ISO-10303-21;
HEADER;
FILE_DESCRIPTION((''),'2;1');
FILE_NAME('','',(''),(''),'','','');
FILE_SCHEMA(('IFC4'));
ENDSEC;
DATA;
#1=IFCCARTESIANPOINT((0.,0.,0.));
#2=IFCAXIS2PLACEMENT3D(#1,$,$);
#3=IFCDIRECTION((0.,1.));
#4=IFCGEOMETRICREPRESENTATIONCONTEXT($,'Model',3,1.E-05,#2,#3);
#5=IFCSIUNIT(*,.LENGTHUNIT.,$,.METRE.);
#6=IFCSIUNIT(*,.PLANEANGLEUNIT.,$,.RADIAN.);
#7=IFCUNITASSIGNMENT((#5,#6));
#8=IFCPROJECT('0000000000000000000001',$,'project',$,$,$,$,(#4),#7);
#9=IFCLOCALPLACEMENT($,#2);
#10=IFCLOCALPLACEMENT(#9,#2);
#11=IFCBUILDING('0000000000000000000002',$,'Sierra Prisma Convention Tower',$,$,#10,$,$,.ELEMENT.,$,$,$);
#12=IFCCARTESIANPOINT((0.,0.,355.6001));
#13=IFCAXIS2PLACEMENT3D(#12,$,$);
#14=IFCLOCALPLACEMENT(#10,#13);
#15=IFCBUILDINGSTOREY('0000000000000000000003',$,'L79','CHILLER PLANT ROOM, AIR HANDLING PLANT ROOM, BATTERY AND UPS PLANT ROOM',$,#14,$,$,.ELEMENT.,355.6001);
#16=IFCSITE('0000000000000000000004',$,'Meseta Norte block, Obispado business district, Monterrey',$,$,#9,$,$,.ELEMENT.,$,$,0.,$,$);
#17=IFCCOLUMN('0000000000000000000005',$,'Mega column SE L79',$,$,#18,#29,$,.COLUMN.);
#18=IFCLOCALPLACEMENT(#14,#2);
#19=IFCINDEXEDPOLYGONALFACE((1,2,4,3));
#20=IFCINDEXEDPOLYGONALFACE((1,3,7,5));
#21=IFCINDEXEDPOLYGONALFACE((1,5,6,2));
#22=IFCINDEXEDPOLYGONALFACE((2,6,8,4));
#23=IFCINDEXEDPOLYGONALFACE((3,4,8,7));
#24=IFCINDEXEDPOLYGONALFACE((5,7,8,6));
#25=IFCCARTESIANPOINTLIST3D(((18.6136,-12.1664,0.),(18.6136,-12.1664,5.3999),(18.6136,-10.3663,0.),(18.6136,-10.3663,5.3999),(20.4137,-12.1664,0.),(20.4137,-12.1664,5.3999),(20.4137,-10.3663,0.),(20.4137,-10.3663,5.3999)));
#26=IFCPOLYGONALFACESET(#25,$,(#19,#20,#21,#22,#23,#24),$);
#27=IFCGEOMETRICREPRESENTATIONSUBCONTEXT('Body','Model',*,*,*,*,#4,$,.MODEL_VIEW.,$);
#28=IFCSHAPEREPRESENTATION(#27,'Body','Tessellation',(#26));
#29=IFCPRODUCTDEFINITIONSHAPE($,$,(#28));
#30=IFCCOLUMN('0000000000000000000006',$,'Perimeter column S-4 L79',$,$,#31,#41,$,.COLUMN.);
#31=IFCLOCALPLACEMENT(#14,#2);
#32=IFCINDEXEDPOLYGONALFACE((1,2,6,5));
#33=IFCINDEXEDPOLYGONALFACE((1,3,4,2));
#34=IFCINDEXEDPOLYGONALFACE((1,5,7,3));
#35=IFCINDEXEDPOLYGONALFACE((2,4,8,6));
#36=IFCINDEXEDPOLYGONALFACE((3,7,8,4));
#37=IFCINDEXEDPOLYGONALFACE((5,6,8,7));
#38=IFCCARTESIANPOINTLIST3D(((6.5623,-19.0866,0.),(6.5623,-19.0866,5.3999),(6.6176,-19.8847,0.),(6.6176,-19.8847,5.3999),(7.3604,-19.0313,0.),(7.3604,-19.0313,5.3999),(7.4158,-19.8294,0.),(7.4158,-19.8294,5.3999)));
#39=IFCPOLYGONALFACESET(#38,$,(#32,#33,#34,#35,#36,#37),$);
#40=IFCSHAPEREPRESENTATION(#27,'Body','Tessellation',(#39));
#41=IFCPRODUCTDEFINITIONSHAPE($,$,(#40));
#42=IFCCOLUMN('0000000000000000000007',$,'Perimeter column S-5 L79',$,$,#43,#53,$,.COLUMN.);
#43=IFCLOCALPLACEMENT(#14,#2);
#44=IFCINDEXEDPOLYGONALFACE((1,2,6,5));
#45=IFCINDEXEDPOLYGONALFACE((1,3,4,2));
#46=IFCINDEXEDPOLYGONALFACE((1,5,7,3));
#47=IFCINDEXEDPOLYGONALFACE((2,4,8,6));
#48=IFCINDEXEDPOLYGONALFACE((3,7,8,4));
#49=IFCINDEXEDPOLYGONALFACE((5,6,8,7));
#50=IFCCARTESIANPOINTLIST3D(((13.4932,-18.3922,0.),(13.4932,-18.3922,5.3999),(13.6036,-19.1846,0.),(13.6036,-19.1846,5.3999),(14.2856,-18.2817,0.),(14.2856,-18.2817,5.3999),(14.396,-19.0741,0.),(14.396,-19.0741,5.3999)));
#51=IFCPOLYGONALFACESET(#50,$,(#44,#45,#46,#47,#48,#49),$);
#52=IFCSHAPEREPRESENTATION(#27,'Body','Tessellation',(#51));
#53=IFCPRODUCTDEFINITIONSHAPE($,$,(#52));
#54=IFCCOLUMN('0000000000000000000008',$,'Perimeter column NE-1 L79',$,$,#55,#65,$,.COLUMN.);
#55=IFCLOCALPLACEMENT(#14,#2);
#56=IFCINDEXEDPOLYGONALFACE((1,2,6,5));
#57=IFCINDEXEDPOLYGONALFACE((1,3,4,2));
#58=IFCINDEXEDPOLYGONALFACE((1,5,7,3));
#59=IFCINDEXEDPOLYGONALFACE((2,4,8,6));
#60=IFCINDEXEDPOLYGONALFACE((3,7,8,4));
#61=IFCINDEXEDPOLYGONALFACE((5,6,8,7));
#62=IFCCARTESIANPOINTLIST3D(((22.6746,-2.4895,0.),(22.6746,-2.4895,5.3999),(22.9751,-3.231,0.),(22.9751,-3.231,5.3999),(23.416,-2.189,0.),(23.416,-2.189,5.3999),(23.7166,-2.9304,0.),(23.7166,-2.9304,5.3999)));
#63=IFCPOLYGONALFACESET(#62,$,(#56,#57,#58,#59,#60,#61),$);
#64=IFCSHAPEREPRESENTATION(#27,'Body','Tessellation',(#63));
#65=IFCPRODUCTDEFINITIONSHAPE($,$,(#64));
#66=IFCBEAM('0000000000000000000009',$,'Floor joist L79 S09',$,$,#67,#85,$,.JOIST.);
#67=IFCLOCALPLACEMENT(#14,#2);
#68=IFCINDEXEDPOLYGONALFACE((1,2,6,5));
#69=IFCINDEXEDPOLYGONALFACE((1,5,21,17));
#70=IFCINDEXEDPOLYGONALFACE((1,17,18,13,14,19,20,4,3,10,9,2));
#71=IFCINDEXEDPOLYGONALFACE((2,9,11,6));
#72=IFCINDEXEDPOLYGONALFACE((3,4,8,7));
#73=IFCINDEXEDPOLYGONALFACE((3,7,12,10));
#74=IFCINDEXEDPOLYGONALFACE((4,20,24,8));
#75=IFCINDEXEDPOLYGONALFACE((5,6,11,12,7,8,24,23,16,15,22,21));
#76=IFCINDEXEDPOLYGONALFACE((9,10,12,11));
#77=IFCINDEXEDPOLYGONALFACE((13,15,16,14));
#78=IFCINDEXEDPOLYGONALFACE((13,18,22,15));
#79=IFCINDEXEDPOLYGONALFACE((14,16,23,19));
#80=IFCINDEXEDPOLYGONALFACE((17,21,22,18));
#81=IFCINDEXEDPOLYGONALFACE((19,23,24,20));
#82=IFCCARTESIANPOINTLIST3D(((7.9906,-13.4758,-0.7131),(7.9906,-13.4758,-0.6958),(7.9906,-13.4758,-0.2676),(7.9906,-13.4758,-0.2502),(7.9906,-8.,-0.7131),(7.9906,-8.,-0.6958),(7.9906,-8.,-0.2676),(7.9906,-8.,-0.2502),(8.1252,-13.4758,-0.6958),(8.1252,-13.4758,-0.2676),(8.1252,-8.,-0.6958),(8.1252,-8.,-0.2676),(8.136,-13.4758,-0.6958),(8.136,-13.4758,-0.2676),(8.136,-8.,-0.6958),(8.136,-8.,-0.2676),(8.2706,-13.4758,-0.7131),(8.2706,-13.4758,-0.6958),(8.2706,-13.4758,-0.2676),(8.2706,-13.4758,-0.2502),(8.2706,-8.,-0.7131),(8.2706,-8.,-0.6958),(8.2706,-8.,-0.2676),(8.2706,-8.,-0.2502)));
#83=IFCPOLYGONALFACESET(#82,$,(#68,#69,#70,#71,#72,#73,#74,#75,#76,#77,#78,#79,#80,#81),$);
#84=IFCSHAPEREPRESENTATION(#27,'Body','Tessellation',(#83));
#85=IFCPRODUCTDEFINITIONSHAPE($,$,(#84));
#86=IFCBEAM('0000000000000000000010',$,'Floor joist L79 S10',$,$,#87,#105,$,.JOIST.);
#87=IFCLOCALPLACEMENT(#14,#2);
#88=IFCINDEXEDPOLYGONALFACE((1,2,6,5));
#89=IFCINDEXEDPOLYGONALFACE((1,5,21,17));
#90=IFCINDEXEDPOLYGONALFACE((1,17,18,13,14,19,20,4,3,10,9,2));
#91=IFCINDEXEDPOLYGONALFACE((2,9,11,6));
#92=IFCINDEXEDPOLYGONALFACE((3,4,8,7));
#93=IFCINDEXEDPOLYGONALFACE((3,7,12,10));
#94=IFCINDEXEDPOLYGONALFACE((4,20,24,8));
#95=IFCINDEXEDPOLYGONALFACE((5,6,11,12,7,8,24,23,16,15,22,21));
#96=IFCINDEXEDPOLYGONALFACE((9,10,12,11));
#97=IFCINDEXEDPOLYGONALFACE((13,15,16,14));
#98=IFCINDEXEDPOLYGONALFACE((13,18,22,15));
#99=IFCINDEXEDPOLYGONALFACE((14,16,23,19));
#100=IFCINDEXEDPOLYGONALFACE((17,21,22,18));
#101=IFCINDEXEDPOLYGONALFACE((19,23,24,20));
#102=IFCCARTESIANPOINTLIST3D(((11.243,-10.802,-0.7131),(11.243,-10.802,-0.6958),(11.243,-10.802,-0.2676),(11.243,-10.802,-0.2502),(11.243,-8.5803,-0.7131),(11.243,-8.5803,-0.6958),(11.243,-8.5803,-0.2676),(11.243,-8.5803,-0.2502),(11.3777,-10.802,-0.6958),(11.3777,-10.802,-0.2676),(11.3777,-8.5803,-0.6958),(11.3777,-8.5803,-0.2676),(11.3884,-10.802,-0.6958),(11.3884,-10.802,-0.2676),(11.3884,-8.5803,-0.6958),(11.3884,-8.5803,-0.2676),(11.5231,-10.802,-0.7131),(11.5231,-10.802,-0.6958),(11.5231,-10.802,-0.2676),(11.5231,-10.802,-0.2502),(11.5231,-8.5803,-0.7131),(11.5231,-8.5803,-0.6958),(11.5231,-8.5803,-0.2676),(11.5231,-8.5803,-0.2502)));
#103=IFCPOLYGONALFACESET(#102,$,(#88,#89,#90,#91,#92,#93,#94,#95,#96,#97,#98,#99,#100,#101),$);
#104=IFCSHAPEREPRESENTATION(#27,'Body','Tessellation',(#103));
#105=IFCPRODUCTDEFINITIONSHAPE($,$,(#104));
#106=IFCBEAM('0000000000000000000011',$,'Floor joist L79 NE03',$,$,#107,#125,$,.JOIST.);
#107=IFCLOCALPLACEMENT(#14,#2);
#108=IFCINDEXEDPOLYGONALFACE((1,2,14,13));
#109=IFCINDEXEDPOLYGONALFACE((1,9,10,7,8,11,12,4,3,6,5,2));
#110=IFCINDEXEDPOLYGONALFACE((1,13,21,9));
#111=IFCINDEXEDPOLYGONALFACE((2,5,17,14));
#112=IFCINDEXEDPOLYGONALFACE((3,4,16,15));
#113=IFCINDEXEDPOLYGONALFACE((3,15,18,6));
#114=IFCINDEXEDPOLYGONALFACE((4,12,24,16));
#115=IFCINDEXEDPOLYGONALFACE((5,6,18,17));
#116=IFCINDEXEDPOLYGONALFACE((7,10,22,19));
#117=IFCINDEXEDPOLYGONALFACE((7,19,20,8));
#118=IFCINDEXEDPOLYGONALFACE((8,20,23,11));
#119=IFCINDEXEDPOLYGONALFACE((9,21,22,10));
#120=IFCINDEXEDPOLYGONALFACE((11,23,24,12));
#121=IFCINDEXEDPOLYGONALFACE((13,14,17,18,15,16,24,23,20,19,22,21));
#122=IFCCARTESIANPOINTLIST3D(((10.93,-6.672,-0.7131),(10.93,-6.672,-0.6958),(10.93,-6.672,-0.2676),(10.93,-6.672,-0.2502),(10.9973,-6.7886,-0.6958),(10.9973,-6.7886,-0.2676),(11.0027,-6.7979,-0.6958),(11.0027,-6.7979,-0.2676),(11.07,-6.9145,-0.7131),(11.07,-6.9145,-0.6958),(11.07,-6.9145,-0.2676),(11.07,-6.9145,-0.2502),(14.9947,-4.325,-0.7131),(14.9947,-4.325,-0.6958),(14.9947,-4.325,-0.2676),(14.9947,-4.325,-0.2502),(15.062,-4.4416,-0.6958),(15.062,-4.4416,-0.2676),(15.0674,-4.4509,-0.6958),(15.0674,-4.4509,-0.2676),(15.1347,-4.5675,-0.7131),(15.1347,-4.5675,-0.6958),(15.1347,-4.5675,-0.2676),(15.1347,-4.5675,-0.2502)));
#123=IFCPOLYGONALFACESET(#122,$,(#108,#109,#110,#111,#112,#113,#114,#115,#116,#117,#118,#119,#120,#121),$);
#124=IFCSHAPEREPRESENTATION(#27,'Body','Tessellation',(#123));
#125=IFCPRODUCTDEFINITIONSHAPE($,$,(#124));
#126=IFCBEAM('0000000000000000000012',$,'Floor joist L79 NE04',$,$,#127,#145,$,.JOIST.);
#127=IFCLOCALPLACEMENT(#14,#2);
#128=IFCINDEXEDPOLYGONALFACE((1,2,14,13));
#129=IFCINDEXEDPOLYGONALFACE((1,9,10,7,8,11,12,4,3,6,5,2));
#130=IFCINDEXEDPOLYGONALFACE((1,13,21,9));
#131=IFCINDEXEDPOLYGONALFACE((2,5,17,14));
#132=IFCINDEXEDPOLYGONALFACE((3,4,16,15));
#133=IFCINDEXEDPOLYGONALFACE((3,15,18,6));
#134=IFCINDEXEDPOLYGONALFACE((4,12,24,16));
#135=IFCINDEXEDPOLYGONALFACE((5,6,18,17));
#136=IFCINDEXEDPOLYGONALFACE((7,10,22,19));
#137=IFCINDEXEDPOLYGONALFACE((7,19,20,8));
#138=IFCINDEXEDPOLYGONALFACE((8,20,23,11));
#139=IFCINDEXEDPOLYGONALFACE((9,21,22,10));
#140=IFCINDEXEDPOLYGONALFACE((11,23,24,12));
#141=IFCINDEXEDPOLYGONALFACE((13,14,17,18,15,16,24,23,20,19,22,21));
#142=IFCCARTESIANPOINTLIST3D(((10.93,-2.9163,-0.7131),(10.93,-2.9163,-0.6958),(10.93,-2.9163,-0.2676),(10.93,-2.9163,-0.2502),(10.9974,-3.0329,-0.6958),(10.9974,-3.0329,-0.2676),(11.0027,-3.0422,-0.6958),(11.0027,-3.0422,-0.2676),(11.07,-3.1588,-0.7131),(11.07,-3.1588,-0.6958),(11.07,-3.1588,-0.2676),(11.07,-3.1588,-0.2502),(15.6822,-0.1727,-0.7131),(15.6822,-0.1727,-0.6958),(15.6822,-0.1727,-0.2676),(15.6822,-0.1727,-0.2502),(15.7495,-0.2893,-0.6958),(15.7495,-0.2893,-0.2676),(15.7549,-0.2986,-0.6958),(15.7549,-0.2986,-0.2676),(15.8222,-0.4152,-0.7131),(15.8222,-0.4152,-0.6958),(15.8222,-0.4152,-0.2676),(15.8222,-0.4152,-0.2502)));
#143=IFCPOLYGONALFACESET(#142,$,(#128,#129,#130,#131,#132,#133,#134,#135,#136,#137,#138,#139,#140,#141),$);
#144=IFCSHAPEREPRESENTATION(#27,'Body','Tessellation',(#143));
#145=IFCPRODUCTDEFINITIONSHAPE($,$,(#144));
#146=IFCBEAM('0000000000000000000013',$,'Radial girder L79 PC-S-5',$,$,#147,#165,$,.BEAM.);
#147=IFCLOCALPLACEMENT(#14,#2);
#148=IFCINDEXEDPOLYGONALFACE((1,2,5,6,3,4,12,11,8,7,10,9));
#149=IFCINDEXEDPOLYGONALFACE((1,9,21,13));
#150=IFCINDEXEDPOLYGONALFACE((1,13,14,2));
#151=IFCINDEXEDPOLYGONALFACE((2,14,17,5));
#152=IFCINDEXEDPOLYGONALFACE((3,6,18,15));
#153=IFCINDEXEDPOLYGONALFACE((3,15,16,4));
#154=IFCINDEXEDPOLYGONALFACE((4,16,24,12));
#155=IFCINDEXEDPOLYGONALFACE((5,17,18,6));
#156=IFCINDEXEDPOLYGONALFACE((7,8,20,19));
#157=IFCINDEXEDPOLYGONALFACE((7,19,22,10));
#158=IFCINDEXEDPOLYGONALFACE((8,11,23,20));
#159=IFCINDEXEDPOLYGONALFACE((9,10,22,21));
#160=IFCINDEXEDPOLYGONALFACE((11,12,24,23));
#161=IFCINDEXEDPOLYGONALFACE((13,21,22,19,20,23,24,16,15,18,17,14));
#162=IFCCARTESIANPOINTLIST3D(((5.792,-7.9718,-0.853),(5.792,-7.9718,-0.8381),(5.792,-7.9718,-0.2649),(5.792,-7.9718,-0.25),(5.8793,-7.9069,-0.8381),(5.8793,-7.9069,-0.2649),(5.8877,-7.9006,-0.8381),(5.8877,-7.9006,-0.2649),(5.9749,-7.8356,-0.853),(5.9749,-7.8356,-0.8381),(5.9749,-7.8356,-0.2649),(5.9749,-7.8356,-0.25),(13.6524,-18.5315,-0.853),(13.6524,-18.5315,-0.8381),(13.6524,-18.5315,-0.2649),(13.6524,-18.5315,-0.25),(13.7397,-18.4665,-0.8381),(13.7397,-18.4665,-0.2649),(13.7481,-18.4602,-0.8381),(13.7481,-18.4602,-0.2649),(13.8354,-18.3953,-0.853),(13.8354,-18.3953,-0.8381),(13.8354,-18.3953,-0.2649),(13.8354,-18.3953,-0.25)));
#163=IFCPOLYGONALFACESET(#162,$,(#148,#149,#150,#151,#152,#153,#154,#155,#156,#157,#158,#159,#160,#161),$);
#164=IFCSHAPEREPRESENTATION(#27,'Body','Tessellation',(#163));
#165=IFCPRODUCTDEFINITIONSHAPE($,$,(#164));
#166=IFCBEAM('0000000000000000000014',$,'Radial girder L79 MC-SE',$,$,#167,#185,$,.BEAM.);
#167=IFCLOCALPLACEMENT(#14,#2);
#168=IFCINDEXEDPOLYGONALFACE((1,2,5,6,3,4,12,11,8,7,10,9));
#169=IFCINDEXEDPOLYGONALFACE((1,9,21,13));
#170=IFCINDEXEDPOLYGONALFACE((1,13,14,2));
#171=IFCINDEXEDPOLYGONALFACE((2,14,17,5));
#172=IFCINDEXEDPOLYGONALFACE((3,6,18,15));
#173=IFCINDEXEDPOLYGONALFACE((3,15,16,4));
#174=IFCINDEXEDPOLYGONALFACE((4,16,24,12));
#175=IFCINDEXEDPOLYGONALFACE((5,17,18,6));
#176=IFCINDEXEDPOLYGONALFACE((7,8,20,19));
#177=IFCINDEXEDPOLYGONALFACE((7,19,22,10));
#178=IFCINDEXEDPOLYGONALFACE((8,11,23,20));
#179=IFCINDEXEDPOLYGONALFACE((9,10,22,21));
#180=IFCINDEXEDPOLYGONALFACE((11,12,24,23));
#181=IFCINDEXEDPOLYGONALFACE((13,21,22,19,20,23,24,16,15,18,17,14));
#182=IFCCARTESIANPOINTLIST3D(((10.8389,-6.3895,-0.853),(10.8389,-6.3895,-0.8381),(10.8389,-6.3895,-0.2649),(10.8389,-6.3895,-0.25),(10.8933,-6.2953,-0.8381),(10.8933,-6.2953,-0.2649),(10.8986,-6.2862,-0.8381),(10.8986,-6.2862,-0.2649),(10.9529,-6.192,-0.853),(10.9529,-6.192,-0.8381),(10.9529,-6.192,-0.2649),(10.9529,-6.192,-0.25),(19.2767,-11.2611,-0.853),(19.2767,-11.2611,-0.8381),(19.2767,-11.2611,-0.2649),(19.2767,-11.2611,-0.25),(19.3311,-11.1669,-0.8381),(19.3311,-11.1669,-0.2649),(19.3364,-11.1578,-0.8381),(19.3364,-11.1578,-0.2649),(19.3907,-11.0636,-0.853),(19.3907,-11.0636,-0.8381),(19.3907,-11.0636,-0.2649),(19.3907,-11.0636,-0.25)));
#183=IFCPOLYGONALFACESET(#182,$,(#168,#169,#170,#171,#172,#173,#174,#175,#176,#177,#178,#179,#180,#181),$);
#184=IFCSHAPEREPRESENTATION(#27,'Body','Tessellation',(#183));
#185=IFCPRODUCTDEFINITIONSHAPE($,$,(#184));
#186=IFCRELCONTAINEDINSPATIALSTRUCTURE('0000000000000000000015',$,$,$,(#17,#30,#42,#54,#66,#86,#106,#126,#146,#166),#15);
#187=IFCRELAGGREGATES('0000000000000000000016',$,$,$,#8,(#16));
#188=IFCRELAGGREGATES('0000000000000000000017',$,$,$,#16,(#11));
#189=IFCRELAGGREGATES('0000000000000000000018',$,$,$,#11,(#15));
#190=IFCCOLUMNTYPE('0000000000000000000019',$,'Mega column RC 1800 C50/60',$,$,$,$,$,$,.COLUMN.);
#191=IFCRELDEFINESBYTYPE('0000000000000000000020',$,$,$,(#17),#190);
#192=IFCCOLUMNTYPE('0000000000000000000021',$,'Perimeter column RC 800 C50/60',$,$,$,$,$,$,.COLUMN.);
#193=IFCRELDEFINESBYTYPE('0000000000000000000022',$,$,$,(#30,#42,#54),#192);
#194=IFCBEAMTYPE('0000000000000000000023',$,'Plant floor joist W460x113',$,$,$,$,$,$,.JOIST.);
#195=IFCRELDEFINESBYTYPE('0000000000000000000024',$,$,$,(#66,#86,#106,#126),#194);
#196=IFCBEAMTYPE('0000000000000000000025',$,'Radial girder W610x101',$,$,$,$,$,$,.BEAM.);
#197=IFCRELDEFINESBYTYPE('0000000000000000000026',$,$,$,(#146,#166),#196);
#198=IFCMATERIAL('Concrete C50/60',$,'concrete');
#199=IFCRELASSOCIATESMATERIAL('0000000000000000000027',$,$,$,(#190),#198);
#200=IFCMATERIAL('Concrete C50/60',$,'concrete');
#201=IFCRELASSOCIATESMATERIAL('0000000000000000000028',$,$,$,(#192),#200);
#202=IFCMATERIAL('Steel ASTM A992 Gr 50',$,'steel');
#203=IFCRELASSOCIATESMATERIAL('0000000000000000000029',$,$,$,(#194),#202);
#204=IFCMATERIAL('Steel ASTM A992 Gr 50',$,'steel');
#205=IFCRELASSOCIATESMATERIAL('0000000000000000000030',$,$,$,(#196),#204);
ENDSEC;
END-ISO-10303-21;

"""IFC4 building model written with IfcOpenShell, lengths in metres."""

from ifc_helpers import new_model, si_unit, direction, frame, origin, origin_2d, place, context, subcontext, project, spatial, rectangle, i_section, extrude, material, material_profile, profile_set, type_object, element, save


model = new_model("IFC4")

# Units and contexts
model_context = context("Model", 3, precision=1e-05, world=origin(), true_north=direction((0.0, 1.0)))
body_context = subcontext(model_context, "Body", "Model", "MODEL_VIEW")
ifc_project = project(units=[si_unit("LENGTHUNIT", "METRE"), si_unit("PLANEANGLEUNIT", "RADIAN")], contexts=[model_context])

# Site, building, storey
site_placement = place(None, origin())
site = spatial("IfcSite", under=ifc_project, at=site_placement, Name="Meseta Norte block, Obispado business district, Monterrey", CompositionType="ELEMENT", RefElevation=0.0)
building_placement = place(site_placement, origin())
building = spatial("IfcBuilding", under=site, at=building_placement, Name="Sierra Prisma Convention Tower", CompositionType="ELEMENT")
storey_placement = place(building_placement, frame((0.0, 0.0, 355.6001)))
storey = spatial("IfcBuildingStorey", under=building, at=storey_placement, Name="L79", Description="CHILLER PLANT ROOM, AIR HANDLING PLANT ROOM, BATTERY AND UPS PLANT ROOM", CompositionType="ELEMENT", Elevation=355.6001)

# Columns
ifc_material_1 = material(Name="Concrete C50/60", Category="concrete")
ifc_material_profile_1 = material_profile(ifc_material_1, rectangle(XDim=1.8, YDim=1.8, at=origin_2d()), Name="Mega column RC 1800 C50/60")
ifc_profile_set_1 = profile_set([ifc_material_profile_1], Name="Concrete C50/60")
column_type_1 = type_object("IfcColumnType", Name="Mega column RC 1800 C50/60", PredefinedType="COLUMN", material=ifc_profile_set_1)
column_placement = place(storey_placement, frame((19.5137, -11.2664, 0.0), z_axis=(0.0, 0.0, 1.0), x_axis=(1.0, 0.0, 0.0)))
element("IfcColumn", 1, at=column_placement, inside=storey, type_object=column_type_1, Name="Mega column SE L79", PredefinedType="COLUMN", context=body_context, shape_type="SweptSolid", body=[
    extrude(rectangle(XDim=1.8, YDim=1.8, at=origin_2d()), origin(), (0.0, 0.0, 1.0), 5.3999),
])
ifc_material_2 = material(Name="Concrete C50/60", Category="concrete")
ifc_material_profile_2 = material_profile(ifc_material_2, rectangle(XDim=0.8, YDim=0.8, at=origin_2d()), Name="Perimeter column RC 800 C50/60")
ifc_profile_set_2 = profile_set([ifc_material_profile_2], Name="Concrete C50/60")
column_type_2 = type_object("IfcColumnType", Name="Perimeter column RC 800 C50/60", PredefinedType="COLUMN", material=ifc_profile_set_2)
for number, where, z_axis, x_axis, name in (
    (2, (6.989, -19.458, 0.0), (0.0, 0.0, 1.0), (0.997605, 0.069175, 0.0), "Perimeter column S-4 L79"),
    (3, (13.9446, -18.7332, 0.0), (0.0, 0.0, 1.0), (0.990429, 0.13802, 0.0), "Perimeter column S-5 L79"),
    (4, (23.1956, -2.71, 0.0), (0.0, 0.0, 1.0), (-0.375686, 0.926747, 0.0), "Perimeter column NE-1 L79"),
):
    element("IfcColumn", number, at=place(storey_placement, frame(where, z_axis=z_axis, x_axis=x_axis)), inside=storey, type_object=column_type_2, Name=name, PredefinedType="COLUMN", context=body_context, shape_type="SweptSolid", body=[
        extrude(rectangle(XDim=0.8, YDim=0.8, at=origin_2d()), origin(), (0.0, 0.0, 1.0), 5.3999),
    ])

# Beams
ifc_material_3 = material(Name="Steel ASTM A992 Gr 50", Category="steel")
ifc_material_profile_3 = material_profile(ifc_material_3, i_section(OverallWidth=0.28, OverallDepth=0.4629, WebThickness=0.0107, FlangeThickness=0.0173, at=origin_2d()), Name="W460x113")
ifc_profile_set_3 = profile_set([ifc_material_profile_3], Name="Steel ASTM A992 Gr 50")
beam_type_1 = type_object("IfcBeamType", Name="Plant floor joist W460x113", PredefinedType="JOIST", material=ifc_profile_set_3)
beam_1_placement = place(storey_placement, frame((8.1306, -13.4758, -0.4817), z_axis=(0.0, 1.0, 0.0), x_axis=(-1.0, 0.0, 0.0)))
element("IfcBeam", 5, at=beam_1_placement, inside=storey, type_object=beam_type_1, Name="Floor joist L79 S09", PredefinedType="JOIST", context=body_context, shape_type="SweptSolid", body=[
    extrude(i_section(OverallWidth=0.28, OverallDepth=0.4629, WebThickness=0.0107, FlangeThickness=0.0173, at=origin_2d()), origin(), (0.0, 0.0, 1.0), 5.4758),
])
beam_2_placement = place(storey_placement, frame((11.3831, -10.802, -0.4817), z_axis=(0.0, 1.0, 0.0), x_axis=(-1.0, 0.0, 0.0)))
element("IfcBeam", 6, at=beam_2_placement, inside=storey, type_object=beam_type_1, Name="Floor joist L79 S10", PredefinedType="JOIST", context=body_context, shape_type="SweptSolid", body=[
    extrude(i_section(OverallWidth=0.28, OverallDepth=0.4629, WebThickness=0.0107, FlangeThickness=0.0173, at=origin_2d()), origin(), (0.0, 0.0, 1.0), 2.2217),
])
beam_3_placement = place(storey_placement, frame((15.0647, -4.4463, -0.4817), z_axis=(-0.86601, -0.500027, 0.0), x_axis=(0.500027, -0.86601, 0.0)))
element("IfcBeam", 7, at=beam_3_placement, inside=storey, type_object=beam_type_1, Name="Floor joist L79 NE03", PredefinedType="JOIST", context=body_context, shape_type="SweptSolid", body=[
    extrude(i_section(OverallWidth=0.28, OverallDepth=0.4629, WebThickness=0.0107, FlangeThickness=0.0173, at=origin_2d()), origin(), (0.0, 0.0, 1.0), 4.6936),
])
beam_4_placement = place(storey_placement, frame((15.7522, -0.2939, -0.4817), z_axis=(-0.866028, -0.499996, 0.0), x_axis=(0.499996, -0.866028, 0.0)))
element("IfcBeam", 8, at=beam_4_placement, inside=storey, type_object=beam_type_1, Name="Floor joist L79 NE04", PredefinedType="JOIST", context=body_context, shape_type="SweptSolid", body=[
    extrude(i_section(OverallWidth=0.28, OverallDepth=0.4629, WebThickness=0.0107, FlangeThickness=0.0173, at=origin_2d()), origin(), (0.0, 0.0, 1.0), 5.4873),
])
ifc_material_4 = material(Name="Steel ASTM A992 Gr 50", Category="steel")
ifc_material_profile_4 = material_profile(ifc_material_4, i_section(OverallWidth=0.228, OverallDepth=0.603, WebThickness=0.0105, FlangeThickness=0.0149, at=origin_2d()), Name="W610x101")
ifc_profile_set_4 = profile_set([ifc_material_profile_4], Name="Steel ASTM A992 Gr 50")
beam_type_2 = type_object("IfcBeamType", Name="Radial girder W610x101", PredefinedType="BEAM", material=ifc_profile_set_4)
beam_5_placement = place(storey_placement, frame((13.7439, -18.4634, -0.5515), z_axis=(-0.597112, 0.802158, 0.0), x_axis=(-0.802158, -0.597112, 0.0)))
element("IfcBeam", 9, at=beam_5_placement, inside=storey, type_object=beam_type_2, Name="Radial girder L79 PC-S-5", PredefinedType="BEAM", context=body_context, shape_type="SweptSolid", body=[
    extrude(i_section(OverallWidth=0.228, OverallDepth=0.603, WebThickness=0.0105, FlangeThickness=0.0149, at=origin_2d()), origin(), (0.0, 0.0, 1.0), 13.1641),
])
beam_6_placement = place(storey_placement, frame((19.3337, -11.1624, -0.5515), z_axis=(-0.866023, 0.500004, 0.0), x_axis=(-0.500004, -0.866023, 0.0)))
element("IfcBeam", 10, at=beam_6_placement, inside=storey, type_object=beam_type_2, Name="Radial girder L79 MC-SE", PredefinedType="BEAM", context=body_context, shape_type="SweptSolid", body=[
    extrude(i_section(OverallWidth=0.228, OverallDepth=0.603, WebThickness=0.0105, FlangeThickness=0.0149, at=origin_2d()), origin(), (0.0, 0.0, 1.0), 9.7432),
])

save(model, "model.ifc")
